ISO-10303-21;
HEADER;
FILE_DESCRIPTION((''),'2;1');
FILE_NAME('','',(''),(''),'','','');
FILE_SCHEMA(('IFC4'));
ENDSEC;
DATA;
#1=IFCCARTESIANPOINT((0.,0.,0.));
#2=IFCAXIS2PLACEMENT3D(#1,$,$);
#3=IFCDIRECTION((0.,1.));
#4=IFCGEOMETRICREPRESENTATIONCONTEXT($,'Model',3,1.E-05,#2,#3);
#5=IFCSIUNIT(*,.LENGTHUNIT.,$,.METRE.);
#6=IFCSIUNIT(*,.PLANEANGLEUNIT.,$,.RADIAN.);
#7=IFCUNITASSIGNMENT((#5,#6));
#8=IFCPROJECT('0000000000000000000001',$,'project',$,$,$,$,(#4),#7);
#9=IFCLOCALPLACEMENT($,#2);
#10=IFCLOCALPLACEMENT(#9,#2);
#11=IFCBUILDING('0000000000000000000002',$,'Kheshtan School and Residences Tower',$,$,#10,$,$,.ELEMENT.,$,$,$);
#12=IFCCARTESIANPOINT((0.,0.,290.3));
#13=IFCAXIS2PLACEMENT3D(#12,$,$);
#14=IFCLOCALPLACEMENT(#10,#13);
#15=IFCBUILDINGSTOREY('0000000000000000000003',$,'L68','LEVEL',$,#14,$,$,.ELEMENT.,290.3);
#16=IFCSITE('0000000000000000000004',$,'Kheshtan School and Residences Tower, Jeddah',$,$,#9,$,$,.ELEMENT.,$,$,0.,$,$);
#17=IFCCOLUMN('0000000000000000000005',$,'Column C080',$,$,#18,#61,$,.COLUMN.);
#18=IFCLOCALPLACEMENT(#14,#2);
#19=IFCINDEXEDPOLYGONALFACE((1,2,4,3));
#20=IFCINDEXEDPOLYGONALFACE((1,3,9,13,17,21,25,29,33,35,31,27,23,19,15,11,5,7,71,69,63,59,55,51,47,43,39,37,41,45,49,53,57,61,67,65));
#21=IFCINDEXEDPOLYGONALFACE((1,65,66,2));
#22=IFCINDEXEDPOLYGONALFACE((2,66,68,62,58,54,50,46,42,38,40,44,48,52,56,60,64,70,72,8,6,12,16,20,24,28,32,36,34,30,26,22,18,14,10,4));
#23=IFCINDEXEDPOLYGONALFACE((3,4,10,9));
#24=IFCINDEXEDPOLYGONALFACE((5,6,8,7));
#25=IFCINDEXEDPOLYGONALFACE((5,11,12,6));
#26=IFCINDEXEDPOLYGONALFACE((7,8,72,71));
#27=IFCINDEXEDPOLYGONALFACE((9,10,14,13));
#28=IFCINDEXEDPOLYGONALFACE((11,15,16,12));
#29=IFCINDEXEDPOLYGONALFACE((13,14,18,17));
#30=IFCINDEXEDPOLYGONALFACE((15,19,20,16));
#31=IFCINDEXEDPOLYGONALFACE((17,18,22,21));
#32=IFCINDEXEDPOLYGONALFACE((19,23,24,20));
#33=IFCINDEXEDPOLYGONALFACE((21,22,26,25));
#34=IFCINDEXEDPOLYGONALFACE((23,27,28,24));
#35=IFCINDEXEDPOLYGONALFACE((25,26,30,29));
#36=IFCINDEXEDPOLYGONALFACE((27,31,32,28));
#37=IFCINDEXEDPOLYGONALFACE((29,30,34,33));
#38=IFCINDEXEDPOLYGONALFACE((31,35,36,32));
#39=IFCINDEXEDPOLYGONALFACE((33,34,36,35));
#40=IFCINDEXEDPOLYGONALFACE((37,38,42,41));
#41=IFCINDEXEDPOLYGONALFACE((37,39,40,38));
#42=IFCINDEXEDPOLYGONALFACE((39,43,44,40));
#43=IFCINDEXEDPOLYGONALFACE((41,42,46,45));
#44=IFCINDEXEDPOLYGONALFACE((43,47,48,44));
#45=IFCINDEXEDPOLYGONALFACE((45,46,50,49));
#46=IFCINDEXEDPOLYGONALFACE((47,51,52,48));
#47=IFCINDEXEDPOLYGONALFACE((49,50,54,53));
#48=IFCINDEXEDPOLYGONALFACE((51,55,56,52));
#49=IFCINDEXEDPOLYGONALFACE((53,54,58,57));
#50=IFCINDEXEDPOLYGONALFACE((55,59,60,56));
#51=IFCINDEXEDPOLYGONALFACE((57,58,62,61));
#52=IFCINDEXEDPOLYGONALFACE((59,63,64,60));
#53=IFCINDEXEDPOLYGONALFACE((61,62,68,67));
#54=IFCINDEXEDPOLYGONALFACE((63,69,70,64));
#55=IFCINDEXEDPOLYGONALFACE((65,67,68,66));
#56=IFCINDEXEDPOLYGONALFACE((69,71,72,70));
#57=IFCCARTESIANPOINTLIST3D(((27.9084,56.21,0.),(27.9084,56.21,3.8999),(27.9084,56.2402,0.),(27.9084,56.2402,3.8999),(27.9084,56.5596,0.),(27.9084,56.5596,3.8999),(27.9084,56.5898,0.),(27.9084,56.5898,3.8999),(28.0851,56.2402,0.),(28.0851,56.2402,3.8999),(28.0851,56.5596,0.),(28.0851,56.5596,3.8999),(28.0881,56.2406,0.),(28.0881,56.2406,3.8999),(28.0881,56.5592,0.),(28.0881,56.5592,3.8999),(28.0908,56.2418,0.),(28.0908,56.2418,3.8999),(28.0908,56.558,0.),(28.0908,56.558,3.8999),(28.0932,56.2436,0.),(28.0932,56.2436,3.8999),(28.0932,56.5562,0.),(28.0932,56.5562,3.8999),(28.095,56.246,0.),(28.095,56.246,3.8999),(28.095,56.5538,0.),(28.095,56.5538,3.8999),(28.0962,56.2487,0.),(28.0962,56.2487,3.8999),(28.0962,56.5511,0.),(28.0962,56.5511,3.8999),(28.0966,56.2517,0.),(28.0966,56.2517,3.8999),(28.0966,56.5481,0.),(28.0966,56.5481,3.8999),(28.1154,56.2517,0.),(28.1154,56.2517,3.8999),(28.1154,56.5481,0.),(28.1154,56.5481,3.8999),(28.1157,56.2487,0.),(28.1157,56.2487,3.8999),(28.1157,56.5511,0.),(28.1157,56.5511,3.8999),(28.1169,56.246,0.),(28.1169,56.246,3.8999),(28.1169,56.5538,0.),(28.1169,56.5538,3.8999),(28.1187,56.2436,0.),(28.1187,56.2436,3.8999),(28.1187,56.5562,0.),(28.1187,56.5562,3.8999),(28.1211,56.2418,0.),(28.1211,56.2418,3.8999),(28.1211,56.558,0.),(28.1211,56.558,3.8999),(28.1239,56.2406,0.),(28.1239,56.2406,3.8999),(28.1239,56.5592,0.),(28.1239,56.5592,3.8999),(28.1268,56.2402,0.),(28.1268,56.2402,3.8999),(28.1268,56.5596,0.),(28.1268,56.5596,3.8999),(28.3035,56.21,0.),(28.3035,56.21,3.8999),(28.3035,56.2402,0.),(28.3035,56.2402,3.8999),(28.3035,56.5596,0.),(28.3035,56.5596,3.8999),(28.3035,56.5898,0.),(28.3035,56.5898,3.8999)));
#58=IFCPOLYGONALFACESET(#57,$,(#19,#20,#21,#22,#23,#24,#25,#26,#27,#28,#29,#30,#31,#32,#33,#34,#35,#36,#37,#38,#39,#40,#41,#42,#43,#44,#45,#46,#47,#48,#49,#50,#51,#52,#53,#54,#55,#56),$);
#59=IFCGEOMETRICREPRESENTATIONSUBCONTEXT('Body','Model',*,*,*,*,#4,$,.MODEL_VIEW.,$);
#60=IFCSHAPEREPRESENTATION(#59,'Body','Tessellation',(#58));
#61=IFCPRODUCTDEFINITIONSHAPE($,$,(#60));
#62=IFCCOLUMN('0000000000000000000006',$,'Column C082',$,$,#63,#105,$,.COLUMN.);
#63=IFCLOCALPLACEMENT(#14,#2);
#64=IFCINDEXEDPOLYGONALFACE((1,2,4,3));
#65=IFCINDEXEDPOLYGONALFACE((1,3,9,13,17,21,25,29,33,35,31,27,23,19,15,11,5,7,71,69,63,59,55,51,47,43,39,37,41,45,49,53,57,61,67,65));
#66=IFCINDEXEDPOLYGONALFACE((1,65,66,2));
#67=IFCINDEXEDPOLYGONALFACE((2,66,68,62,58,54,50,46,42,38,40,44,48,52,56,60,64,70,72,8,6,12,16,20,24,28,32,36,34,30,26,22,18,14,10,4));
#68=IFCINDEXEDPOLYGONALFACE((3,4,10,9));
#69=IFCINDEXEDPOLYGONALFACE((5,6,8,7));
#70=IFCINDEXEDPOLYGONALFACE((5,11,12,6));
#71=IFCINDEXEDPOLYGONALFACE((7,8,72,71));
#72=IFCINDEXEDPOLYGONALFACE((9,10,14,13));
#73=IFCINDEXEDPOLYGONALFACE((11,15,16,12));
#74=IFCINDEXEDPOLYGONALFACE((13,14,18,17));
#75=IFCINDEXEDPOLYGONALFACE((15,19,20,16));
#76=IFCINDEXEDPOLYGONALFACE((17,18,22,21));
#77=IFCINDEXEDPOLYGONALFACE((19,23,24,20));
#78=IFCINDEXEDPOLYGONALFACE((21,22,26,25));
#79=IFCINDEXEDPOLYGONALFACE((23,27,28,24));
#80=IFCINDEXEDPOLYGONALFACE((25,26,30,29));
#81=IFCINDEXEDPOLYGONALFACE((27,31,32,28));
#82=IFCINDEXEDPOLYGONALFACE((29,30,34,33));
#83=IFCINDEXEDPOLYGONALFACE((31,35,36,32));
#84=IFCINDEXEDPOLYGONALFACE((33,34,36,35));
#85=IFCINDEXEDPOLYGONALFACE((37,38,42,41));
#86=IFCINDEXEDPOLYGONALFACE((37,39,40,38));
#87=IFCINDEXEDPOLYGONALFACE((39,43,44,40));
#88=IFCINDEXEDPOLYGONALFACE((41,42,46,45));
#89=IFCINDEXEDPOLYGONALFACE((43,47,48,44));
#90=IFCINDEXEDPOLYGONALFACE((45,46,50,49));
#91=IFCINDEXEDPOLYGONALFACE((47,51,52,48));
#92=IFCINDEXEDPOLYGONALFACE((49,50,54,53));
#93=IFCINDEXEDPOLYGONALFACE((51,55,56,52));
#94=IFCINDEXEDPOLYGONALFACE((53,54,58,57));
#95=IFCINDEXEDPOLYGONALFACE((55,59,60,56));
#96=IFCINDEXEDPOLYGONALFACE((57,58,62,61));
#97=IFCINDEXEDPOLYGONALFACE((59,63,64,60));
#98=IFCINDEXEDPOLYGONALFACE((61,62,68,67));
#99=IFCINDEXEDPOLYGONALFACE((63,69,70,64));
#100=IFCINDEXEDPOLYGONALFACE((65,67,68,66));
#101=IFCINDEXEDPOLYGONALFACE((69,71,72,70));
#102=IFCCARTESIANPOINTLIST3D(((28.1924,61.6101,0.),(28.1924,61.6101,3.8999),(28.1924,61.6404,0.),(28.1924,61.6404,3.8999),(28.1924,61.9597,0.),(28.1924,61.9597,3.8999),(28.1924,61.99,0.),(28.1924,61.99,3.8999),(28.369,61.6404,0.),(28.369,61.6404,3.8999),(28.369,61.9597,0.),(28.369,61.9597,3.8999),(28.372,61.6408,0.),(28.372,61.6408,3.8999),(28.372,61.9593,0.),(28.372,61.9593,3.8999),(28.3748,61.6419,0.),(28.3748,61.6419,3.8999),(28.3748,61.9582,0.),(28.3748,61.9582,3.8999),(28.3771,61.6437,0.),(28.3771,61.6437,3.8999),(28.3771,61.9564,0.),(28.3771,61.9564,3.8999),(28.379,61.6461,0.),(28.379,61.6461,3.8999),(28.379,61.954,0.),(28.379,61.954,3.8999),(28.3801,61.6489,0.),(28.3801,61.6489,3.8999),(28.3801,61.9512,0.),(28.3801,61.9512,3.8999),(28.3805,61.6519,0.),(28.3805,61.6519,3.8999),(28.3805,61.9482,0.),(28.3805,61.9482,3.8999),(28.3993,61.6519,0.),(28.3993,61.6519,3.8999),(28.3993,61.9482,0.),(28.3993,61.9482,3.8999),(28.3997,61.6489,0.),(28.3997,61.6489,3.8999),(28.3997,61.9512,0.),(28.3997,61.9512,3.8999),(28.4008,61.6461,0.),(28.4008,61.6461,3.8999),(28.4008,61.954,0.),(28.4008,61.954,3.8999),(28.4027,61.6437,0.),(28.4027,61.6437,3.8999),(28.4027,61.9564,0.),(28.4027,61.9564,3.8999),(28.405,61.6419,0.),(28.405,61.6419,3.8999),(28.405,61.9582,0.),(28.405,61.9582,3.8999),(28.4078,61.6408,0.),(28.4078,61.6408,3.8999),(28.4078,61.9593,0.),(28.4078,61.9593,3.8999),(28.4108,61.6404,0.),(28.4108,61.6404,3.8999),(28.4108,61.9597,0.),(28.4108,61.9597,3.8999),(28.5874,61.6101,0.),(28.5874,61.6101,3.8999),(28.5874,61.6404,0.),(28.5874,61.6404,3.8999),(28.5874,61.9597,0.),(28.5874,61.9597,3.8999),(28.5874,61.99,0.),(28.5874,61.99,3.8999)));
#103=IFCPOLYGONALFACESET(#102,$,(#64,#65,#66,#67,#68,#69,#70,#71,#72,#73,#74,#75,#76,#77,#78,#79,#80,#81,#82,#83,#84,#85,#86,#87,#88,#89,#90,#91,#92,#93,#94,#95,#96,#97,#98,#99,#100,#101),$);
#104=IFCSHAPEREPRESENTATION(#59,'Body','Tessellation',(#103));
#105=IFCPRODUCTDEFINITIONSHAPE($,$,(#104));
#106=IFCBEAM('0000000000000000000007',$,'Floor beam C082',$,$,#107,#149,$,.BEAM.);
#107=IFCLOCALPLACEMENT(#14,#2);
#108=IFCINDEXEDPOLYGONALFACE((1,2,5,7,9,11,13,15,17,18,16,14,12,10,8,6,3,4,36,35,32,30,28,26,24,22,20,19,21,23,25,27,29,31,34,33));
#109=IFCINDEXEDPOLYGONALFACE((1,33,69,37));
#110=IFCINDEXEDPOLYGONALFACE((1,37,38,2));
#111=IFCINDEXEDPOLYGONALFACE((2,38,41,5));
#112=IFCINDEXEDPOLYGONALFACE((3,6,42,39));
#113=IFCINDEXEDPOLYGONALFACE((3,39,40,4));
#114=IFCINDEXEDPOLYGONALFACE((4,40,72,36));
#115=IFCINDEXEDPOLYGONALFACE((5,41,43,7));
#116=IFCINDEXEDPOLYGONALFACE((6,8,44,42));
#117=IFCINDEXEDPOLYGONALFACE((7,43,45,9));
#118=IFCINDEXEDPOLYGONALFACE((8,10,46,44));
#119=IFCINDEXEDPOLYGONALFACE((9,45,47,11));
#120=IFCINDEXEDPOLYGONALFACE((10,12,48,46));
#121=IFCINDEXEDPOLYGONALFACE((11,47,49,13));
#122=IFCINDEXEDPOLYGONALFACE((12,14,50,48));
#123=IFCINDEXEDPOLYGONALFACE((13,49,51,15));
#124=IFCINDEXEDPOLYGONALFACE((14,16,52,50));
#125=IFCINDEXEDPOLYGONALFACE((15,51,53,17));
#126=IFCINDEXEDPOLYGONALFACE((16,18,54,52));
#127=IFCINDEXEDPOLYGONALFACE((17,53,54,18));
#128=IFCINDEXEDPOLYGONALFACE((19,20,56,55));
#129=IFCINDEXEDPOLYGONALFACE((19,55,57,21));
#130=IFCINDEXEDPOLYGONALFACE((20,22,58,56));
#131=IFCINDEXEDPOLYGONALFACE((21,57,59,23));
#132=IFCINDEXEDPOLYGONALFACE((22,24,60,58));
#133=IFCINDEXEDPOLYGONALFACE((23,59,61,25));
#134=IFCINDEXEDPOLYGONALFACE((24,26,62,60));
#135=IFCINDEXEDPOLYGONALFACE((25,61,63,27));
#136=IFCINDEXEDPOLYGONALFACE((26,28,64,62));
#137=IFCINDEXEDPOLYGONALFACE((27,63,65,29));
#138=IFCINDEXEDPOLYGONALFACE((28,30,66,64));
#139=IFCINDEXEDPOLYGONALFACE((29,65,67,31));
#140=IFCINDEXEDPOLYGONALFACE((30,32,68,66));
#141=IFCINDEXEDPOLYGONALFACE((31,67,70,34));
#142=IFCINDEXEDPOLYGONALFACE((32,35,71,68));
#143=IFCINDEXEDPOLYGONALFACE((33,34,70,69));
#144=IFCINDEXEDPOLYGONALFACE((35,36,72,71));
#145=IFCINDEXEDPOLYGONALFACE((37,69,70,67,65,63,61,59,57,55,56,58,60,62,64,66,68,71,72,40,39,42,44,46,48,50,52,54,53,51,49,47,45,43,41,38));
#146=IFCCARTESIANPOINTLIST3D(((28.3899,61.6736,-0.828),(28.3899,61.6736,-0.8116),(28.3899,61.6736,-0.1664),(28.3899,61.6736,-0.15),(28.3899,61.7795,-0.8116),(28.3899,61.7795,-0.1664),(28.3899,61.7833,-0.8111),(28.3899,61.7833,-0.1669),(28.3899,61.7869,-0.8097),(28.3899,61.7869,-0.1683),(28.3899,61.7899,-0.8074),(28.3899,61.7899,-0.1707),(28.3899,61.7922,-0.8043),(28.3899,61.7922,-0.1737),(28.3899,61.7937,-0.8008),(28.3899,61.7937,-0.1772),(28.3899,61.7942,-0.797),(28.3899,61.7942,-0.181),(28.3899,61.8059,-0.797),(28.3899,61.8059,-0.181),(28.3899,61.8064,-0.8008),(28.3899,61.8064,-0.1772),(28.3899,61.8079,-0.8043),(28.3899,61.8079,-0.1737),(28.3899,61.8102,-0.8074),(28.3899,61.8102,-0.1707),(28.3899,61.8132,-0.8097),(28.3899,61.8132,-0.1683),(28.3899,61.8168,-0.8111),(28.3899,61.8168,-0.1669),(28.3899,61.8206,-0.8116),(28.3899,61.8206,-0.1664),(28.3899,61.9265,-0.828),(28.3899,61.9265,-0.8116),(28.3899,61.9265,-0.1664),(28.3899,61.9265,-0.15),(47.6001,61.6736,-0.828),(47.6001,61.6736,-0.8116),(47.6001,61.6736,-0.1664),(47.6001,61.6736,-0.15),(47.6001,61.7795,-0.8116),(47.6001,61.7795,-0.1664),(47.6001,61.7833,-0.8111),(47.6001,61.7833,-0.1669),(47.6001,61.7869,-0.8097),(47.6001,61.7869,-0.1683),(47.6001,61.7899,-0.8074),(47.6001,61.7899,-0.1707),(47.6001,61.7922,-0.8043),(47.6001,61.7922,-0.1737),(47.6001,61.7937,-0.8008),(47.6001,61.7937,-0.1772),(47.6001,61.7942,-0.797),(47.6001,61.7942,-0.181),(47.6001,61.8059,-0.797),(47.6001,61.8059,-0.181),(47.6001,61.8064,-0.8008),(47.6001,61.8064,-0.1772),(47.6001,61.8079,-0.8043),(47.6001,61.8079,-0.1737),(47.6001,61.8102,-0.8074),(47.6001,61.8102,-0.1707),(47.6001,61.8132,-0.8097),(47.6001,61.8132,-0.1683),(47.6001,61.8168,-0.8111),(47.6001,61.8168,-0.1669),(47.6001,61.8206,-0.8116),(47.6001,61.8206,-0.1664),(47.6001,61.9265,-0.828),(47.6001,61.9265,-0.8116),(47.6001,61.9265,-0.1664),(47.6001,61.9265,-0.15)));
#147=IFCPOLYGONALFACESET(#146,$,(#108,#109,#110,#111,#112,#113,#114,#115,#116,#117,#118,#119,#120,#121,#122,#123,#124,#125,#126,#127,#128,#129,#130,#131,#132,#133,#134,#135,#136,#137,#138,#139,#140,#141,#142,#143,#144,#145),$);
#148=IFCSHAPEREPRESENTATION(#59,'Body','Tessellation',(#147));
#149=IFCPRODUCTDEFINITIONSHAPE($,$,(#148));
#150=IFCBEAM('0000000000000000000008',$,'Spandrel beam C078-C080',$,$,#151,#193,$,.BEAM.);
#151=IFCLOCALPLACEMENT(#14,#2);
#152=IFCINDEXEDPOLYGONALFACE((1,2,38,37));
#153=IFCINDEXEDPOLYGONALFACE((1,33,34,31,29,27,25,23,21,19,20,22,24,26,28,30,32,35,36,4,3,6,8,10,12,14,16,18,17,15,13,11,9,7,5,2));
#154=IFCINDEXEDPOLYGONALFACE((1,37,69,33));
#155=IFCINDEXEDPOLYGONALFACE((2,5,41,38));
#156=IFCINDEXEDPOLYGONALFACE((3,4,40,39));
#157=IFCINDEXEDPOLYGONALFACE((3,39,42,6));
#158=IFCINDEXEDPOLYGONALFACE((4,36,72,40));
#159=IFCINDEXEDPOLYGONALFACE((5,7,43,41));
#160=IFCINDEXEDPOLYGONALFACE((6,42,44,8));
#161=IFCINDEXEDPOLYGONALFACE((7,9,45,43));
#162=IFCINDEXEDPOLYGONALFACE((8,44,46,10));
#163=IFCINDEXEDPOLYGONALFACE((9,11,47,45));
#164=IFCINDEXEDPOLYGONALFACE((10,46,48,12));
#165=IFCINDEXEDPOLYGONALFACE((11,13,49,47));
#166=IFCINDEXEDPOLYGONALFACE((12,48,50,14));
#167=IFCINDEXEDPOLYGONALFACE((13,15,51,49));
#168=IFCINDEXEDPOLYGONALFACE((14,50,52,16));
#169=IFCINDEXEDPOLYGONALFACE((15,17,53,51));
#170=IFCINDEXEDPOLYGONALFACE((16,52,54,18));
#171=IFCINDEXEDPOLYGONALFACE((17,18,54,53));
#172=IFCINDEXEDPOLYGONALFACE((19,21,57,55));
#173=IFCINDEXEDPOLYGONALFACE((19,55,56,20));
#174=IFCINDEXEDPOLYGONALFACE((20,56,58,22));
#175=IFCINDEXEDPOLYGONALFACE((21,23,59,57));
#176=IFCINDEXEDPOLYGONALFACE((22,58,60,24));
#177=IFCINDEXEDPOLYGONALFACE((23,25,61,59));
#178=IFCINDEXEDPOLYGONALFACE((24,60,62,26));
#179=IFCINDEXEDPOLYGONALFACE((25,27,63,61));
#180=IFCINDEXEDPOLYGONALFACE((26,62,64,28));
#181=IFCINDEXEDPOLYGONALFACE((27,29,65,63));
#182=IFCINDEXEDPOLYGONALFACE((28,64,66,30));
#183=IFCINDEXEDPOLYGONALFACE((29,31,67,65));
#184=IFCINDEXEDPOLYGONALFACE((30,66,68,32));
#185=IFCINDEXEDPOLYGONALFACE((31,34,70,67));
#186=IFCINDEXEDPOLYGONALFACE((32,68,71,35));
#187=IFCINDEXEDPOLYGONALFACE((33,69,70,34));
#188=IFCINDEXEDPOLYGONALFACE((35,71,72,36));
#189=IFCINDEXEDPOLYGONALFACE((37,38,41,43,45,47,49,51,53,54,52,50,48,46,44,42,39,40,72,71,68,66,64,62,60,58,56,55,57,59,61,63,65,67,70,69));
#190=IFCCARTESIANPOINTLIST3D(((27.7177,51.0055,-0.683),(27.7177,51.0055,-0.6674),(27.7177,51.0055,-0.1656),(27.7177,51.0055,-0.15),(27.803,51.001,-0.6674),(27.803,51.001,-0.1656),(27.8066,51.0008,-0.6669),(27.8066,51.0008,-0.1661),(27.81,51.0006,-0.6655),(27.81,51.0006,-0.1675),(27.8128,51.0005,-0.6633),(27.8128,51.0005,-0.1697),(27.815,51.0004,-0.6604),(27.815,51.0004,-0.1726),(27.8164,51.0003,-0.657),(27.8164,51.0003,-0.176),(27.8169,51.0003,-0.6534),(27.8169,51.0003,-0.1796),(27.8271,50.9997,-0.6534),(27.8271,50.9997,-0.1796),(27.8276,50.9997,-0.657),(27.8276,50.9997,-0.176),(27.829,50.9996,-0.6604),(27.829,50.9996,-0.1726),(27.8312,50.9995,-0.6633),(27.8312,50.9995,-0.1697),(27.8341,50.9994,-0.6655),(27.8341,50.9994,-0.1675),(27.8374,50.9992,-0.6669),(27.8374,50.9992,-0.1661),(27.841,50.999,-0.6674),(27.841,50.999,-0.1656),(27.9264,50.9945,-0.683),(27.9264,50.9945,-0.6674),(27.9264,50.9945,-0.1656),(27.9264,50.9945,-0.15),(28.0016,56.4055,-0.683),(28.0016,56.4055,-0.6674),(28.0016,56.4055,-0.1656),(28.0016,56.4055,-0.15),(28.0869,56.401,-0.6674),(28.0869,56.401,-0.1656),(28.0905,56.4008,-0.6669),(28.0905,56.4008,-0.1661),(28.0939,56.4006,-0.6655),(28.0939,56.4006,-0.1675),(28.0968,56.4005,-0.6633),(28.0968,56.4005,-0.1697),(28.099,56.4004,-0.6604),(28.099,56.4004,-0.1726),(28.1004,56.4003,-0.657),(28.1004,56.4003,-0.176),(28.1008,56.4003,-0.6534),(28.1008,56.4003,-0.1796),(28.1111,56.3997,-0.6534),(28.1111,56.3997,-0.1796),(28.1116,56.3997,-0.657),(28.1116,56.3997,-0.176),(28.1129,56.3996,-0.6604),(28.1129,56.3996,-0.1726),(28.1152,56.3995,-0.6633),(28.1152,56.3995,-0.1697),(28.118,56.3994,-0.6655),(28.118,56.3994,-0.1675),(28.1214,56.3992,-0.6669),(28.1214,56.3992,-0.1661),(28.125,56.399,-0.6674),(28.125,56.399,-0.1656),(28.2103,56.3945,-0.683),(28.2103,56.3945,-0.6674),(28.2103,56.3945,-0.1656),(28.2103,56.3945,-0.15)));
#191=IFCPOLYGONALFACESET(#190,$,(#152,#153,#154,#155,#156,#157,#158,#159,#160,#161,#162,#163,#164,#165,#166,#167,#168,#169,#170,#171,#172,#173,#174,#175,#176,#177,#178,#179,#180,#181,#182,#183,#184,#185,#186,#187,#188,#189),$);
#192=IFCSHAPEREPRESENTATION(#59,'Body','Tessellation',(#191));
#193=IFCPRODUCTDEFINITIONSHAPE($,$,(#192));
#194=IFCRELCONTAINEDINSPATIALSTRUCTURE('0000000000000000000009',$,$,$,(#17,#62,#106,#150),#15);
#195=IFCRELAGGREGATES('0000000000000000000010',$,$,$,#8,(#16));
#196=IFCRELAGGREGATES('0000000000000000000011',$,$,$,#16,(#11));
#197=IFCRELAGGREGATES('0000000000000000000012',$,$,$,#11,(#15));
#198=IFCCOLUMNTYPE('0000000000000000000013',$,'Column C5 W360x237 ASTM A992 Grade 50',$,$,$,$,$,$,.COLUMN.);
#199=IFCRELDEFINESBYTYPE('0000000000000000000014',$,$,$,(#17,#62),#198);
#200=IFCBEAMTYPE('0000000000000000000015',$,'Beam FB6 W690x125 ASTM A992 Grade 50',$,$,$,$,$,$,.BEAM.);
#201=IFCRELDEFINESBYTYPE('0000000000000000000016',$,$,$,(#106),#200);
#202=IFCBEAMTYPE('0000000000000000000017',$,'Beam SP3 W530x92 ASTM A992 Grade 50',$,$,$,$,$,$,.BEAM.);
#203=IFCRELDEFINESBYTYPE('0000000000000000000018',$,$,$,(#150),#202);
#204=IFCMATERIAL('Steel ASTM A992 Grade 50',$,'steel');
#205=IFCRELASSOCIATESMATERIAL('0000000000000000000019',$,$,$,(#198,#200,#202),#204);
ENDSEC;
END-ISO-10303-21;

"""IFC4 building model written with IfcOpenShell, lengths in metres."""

from ifc_helpers import new_model, si_unit, direction, frame, origin, origin_2d, place, context, subcontext, project, spatial, i_section, extrude, material, material_profile, profile_set, type_object, element, save


model = new_model("IFC4")

# Units and contexts
model_context = context("Model", 3, precision=1e-05, world=origin(), true_north=direction((0.0, 1.0)))
body_context = subcontext(model_context, "Body", "Model", "MODEL_VIEW")
ifc_project = project(units=[si_unit("LENGTHUNIT", "METRE"), si_unit("PLANEANGLEUNIT", "RADIAN")], contexts=[model_context])

# Site, building, storey
site_placement = place(None, origin())
site = spatial("IfcSite", under=ifc_project, at=site_placement, Name="Kheshtan School and Residences Tower, Jeddah", CompositionType="ELEMENT", RefElevation=0.0)
building_placement = place(site_placement, origin())
building = spatial("IfcBuilding", under=site, at=building_placement, Name="Kheshtan School and Residences Tower", CompositionType="ELEMENT")
storey_placement = place(building_placement, frame((0.0, 0.0, 290.3)))
storey = spatial("IfcBuildingStorey", under=building, at=storey_placement, Name="L68", Description="LEVEL", CompositionType="ELEMENT", Elevation=290.3)

# Columns
ifc_material_1 = material(Name="Steel ASTM A992 Grade 50", Category="steel")
ifc_material_profile_1 = material_profile(ifc_material_1, i_section(OverallWidth=0.395, OverallDepth=0.3799, WebThickness=0.0188, FlangeThickness=0.0303, FilletRadius=0.0115, at=origin_2d()), Name="W360x237")
ifc_profile_set_1 = profile_set([ifc_material_profile_1], Name="Steel ASTM A992 Grade 50")
column_type = type_object("IfcColumnType", Name="Column C5 W360x237 ASTM A992 Grade 50", PredefinedType="COLUMN", material=ifc_profile_set_1)
for number, where, z_axis, x_axis, name in (
    (1, (28.106, 56.3999, 0.0), (0.0, 0.0, 1.0), (1.0, 0.0, 0.0), "Column C080"),
    (2, (28.3899, 61.8, 0.0), (0.0, 0.0, 1.0), (1.0, 0.0, 0.0), "Column C082"),
):
    element("IfcColumn", number, at=place(storey_placement, frame(where, z_axis=z_axis, x_axis=x_axis)), inside=storey, type_object=column_type, Name=name, PredefinedType="COLUMN", context=body_context, shape_type="SweptSolid", body=[
        extrude(i_section(OverallWidth=0.395, OverallDepth=0.3799, WebThickness=0.0188, FlangeThickness=0.0303, FilletRadius=0.0115, at=origin_2d()), origin(), (0.0, 0.0, 1.0), 3.8999),
    ])

# Beams
ifc_material_profile_2 = material_profile(ifc_material_1, i_section(OverallWidth=0.2529, OverallDepth=0.678, WebThickness=0.0117, FlangeThickness=0.0164, FilletRadius=0.0146, at=origin_2d()), Name="W690x125")
ifc_profile_set_2 = profile_set([ifc_material_profile_2], Name="Steel ASTM A992 Grade 50")
beam_type_1 = type_object("IfcBeamType", Name="Beam FB6 W690x125 ASTM A992 Grade 50", PredefinedType="BEAM", material=ifc_profile_set_2)
beam_1_placement = place(storey_placement, frame((28.3899, 61.8, -0.489), z_axis=(1.0, 0.0, 0.0), x_axis=(0.0, 1.0, 0.0)))
element("IfcBeam", 3, at=beam_1_placement, inside=storey, type_object=beam_type_1, Name="Floor beam C082", PredefinedType="BEAM", context=body_context, shape_type="SweptSolid", body=[
    extrude(i_section(OverallWidth=0.2529, OverallDepth=0.678, WebThickness=0.0117, FlangeThickness=0.0164, FilletRadius=0.0146, at=origin_2d()), origin(), (0.0, 0.0, 1.0), 19.2102),
])
ifc_material_profile_3 = material_profile(ifc_material_1, i_section(OverallWidth=0.209, OverallDepth=0.533, WebThickness=0.0103, FlangeThickness=0.0156, FilletRadius=0.0139, at=origin_2d()), Name="W530x92")
ifc_profile_set_3 = profile_set([ifc_material_profile_3], Name="Steel ASTM A992 Grade 50")
beam_type_2 = type_object("IfcBeamType", Name="Beam SP3 W530x92 ASTM A992 Grade 50", PredefinedType="BEAM", material=ifc_profile_set_3)
beam_2_placement = place(storey_placement, frame((27.822, 51.0, -0.4165), z_axis=(0.052509, 0.99862, 0.0), x_axis=(-0.99862, 0.052509, 0.0)))
element("IfcBeam", 4, at=beam_2_placement, inside=storey, type_object=beam_type_2, Name="Spandrel beam C078-C080", PredefinedType="BEAM", context=body_context, shape_type="SweptSolid", body=[
    extrude(i_section(OverallWidth=0.209, OverallDepth=0.533, WebThickness=0.0103, FlangeThickness=0.0156, FilletRadius=0.0139, at=origin_2d()), origin(), (0.0, 0.0, 1.0), 5.4075),
])

save(model, "model.ifc")
